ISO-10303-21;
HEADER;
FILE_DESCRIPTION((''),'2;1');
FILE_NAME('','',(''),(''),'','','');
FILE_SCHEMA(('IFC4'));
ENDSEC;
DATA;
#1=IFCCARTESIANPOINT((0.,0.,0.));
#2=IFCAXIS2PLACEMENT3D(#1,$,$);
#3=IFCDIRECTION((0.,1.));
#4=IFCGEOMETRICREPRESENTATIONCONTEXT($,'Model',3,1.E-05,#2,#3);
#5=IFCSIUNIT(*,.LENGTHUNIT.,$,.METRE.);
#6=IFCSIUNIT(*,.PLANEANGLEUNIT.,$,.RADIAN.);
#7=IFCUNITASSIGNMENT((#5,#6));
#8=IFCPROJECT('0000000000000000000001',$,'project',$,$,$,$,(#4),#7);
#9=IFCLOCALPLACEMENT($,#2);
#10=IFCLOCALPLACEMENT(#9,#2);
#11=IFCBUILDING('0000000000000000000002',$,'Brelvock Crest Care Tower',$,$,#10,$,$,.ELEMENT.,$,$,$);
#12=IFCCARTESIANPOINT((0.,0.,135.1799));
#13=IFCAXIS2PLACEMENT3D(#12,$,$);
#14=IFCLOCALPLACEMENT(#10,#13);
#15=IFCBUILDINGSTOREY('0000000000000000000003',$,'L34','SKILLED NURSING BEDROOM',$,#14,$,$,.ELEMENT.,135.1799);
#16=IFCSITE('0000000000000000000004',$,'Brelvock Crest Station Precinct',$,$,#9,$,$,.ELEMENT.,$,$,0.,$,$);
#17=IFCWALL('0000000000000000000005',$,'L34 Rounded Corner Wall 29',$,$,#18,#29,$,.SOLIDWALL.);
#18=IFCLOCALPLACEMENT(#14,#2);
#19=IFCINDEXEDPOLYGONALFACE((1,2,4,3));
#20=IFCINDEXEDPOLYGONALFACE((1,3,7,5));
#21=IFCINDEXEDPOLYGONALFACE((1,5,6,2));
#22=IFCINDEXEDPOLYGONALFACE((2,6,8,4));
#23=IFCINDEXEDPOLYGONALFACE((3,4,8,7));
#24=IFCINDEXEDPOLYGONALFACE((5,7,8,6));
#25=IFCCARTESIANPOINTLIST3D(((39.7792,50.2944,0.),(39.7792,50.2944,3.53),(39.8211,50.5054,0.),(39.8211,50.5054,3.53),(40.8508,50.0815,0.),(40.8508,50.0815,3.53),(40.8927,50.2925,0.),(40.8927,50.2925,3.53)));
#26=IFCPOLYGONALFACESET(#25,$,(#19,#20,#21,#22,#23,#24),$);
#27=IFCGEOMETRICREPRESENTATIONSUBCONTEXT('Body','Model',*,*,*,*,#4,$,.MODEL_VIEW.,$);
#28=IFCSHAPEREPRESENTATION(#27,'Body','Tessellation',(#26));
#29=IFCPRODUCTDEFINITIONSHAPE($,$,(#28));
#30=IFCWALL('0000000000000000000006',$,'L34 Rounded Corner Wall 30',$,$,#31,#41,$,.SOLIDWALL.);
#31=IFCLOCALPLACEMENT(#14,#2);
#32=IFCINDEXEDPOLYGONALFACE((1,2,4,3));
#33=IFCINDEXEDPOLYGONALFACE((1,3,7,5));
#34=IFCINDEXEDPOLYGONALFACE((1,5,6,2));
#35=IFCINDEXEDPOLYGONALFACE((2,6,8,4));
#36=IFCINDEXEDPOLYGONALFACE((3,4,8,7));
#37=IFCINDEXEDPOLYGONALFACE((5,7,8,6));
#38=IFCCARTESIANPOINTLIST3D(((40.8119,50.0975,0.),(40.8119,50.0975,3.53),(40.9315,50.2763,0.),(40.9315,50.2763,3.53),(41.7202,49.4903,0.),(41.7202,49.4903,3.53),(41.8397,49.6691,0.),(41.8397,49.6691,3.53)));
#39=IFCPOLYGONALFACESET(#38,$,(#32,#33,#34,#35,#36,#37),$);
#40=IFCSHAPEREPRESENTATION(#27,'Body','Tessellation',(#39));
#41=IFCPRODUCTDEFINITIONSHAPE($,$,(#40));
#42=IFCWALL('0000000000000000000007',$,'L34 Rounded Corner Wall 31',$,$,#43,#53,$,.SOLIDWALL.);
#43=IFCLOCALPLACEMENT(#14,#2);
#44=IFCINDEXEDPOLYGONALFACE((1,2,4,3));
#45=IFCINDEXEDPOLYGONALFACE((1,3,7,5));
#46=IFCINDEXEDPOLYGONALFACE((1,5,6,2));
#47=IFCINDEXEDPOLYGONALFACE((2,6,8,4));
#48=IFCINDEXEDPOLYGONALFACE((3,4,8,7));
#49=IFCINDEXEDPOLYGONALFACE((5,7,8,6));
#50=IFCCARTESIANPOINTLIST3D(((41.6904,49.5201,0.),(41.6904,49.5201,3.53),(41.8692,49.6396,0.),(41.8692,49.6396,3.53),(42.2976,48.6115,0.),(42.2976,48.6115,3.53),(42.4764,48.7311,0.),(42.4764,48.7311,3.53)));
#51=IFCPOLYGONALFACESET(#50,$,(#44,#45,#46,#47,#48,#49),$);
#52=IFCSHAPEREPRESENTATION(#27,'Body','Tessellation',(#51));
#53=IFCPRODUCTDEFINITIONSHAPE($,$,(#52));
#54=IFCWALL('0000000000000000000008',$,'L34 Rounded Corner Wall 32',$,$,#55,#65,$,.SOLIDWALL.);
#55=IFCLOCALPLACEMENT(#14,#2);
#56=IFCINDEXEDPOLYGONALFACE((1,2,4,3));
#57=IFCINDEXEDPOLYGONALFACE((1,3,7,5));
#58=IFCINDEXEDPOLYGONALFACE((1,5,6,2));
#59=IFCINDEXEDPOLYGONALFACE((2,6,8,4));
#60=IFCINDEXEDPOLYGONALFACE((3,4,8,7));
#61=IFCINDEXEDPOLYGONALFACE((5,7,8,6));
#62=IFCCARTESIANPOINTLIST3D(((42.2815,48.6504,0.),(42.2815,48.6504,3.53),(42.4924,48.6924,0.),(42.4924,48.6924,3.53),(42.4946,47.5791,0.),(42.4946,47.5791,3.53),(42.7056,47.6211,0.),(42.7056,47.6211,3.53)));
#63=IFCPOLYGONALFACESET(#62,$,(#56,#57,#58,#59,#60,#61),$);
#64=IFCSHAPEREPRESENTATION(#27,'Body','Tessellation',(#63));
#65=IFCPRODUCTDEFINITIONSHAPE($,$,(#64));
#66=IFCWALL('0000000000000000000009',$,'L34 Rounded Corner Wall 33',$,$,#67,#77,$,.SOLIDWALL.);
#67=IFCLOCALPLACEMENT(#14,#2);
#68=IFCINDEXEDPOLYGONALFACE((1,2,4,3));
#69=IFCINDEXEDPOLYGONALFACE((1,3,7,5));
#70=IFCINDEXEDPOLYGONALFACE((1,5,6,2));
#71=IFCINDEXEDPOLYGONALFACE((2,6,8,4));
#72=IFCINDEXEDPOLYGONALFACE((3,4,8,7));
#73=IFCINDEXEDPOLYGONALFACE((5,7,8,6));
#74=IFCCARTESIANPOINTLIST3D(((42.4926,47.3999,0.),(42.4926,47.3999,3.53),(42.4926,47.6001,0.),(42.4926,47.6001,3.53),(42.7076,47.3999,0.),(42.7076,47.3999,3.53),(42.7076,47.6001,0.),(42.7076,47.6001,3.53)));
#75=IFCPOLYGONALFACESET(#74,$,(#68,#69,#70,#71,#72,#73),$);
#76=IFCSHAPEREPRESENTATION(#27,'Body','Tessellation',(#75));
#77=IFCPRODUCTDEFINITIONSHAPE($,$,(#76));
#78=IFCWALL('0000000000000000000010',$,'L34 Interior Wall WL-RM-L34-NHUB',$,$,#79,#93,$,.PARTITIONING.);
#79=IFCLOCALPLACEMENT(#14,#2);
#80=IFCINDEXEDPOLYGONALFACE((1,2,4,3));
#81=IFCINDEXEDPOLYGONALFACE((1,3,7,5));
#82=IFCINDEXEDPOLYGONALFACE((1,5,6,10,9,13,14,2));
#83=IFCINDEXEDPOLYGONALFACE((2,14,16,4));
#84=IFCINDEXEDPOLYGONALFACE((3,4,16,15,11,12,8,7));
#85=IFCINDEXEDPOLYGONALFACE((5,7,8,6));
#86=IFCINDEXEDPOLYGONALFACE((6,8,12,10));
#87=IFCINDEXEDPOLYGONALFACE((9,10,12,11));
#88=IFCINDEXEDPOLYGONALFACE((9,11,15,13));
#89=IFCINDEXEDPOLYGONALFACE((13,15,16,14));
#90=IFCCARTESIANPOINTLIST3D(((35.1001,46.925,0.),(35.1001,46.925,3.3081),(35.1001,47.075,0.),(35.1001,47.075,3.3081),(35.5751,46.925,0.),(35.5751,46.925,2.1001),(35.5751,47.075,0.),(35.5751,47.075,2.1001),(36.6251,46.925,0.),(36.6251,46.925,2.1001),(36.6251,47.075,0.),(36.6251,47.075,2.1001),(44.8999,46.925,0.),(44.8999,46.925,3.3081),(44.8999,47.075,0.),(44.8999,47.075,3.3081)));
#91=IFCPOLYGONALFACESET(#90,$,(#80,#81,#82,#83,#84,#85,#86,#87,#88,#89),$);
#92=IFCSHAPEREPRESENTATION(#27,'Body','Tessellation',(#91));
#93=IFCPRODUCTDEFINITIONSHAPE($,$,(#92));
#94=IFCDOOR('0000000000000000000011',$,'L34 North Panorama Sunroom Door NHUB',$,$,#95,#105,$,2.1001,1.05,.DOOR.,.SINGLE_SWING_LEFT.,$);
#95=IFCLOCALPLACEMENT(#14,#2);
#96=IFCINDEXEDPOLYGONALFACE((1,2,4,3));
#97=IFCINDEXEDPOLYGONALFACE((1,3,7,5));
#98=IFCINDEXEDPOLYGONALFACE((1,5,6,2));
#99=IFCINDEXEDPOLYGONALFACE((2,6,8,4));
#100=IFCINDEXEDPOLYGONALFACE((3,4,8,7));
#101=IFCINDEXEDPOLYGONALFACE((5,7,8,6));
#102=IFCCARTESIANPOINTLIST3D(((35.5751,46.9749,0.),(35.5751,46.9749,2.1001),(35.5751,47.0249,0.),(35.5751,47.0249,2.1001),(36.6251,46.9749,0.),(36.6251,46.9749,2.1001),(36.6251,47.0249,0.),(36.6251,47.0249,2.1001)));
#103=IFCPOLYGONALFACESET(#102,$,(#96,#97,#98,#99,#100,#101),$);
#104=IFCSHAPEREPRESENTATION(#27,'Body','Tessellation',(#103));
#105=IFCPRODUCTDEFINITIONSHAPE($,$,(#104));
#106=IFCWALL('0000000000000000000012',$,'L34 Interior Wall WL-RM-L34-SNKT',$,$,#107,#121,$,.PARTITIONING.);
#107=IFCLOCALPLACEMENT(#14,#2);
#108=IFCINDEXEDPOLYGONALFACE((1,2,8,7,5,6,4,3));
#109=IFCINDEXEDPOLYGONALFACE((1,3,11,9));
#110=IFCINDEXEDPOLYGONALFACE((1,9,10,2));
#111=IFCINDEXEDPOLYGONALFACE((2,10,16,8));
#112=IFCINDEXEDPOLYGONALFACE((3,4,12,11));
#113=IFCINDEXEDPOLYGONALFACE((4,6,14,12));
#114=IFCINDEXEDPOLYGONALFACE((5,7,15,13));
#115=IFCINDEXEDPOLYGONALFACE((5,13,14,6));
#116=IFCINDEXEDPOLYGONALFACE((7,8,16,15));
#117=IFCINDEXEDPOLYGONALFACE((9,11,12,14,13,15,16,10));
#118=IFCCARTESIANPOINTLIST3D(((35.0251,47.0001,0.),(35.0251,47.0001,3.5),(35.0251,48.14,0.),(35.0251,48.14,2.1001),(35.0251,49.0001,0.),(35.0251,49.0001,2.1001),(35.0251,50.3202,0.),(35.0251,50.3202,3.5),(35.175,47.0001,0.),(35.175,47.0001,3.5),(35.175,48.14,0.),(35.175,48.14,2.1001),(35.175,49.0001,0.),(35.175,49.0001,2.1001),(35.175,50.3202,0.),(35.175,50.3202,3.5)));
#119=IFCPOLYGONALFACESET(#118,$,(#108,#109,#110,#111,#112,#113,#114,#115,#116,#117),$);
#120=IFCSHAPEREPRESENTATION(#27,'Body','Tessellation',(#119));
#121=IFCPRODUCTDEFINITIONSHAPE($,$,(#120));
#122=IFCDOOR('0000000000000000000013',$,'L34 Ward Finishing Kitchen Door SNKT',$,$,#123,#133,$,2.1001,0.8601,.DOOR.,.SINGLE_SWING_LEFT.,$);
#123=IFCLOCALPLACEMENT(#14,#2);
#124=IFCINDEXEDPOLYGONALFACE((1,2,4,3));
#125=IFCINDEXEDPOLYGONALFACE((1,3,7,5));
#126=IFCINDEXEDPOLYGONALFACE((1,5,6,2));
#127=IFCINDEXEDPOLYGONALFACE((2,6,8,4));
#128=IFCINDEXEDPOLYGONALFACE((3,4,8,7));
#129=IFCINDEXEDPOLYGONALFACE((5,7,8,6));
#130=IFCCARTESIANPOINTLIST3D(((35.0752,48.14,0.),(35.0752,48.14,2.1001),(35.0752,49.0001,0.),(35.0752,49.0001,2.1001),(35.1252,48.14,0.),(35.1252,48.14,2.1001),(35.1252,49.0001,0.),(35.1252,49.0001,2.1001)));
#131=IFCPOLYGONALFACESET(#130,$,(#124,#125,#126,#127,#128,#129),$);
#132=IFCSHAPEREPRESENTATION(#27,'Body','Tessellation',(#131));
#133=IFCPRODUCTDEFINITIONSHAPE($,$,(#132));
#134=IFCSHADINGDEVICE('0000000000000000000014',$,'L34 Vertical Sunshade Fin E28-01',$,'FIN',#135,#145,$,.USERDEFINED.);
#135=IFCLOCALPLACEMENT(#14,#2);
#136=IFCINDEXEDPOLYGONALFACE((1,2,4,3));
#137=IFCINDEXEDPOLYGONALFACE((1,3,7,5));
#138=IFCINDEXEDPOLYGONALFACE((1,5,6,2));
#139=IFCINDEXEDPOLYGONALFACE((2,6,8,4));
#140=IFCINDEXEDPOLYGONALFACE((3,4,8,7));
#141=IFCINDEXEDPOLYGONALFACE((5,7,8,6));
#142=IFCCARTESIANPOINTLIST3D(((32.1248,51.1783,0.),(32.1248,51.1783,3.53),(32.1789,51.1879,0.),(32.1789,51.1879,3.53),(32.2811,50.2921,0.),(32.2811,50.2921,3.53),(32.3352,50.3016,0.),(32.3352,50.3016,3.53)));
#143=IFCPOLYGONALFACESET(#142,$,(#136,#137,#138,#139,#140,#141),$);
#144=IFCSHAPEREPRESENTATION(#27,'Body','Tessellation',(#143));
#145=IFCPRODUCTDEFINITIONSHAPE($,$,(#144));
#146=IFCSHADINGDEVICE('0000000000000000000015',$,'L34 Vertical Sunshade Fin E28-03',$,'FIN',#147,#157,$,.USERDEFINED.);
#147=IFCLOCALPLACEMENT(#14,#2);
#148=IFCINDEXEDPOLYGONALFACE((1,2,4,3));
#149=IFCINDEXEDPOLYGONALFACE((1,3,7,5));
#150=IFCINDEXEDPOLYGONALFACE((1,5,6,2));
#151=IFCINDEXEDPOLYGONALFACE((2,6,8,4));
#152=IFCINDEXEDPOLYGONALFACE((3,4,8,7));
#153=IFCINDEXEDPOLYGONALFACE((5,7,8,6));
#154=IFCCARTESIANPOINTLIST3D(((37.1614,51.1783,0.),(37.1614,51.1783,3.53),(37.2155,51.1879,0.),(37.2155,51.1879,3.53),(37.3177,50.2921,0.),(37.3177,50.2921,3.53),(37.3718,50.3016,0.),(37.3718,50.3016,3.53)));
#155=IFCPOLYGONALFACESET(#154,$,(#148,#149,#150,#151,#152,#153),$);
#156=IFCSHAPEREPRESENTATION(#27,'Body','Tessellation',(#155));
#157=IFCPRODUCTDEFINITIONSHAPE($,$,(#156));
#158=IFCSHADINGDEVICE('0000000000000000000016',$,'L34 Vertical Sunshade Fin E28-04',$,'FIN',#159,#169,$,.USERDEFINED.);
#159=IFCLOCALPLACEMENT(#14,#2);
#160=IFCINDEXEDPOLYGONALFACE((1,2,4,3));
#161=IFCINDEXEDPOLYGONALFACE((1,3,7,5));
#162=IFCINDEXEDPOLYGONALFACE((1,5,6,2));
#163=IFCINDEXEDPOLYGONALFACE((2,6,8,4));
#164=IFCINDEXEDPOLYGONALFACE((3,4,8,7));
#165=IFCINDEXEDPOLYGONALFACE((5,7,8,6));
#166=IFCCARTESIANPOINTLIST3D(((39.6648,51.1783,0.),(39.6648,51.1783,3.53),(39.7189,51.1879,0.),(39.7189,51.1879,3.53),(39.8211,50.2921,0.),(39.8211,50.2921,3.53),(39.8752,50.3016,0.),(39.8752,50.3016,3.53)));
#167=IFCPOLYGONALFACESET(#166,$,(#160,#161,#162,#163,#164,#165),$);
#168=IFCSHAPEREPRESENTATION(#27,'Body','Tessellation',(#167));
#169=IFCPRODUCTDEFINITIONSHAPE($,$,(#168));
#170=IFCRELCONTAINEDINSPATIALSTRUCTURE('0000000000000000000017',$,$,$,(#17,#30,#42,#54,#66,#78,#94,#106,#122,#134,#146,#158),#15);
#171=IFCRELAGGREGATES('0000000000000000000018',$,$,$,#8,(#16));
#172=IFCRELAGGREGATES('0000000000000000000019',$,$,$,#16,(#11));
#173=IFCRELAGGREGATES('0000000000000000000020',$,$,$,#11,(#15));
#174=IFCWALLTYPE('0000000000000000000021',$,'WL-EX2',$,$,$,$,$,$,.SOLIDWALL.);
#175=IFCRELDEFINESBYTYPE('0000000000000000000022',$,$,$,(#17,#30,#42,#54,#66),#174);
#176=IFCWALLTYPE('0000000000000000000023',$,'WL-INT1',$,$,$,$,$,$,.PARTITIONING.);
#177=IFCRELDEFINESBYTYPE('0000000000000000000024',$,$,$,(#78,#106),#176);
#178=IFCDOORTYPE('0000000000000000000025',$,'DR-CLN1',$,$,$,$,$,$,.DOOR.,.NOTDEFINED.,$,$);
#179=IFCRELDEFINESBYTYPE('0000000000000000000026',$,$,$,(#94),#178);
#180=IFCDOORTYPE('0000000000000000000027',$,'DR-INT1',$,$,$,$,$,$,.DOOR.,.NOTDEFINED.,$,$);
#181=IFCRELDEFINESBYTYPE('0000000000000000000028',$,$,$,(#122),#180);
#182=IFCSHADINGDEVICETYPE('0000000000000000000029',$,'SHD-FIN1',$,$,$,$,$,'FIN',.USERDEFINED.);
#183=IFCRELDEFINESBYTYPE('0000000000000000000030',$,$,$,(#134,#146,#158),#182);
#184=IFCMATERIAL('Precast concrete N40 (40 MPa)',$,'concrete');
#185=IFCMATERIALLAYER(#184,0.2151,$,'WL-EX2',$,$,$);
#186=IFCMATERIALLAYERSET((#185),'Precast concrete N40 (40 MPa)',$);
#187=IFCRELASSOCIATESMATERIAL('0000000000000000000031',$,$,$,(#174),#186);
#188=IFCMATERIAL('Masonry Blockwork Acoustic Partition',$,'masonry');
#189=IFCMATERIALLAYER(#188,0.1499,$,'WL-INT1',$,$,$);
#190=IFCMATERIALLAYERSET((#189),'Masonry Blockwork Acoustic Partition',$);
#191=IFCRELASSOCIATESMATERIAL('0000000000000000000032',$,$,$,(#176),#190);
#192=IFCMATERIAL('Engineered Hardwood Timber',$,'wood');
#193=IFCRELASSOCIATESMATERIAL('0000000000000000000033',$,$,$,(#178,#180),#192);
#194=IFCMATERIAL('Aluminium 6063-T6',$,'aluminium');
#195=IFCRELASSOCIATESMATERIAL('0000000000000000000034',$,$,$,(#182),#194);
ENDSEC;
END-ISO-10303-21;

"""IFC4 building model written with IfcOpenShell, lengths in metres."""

from ifc_helpers import new_model, si_unit, direction, frame, frame_2d, origin, origin_2d, place, context, subcontext, project, spatial, rectangle, extrude, source, transform, mapped, material, layer, layer_set, material_profile, profile_set, type_object, element, fill, save


model = new_model("IFC4")

# Units and contexts
model_context = context("Model", 3, precision=1e-05, world=origin(), true_north=direction((0.0, 1.0)))
body_context = subcontext(model_context, "Body", "Model", "MODEL_VIEW")
ifc_project = project(units=[si_unit("LENGTHUNIT", "METRE"), si_unit("PLANEANGLEUNIT", "RADIAN")], contexts=[model_context])

# Site, building, storey
site_placement = place(None, origin())
site = spatial("IfcSite", under=ifc_project, at=site_placement, Name="Brelvock Crest Station Precinct", CompositionType="ELEMENT", RefElevation=0.0)
building_placement = place(site_placement, origin())
building = spatial("IfcBuilding", under=site, at=building_placement, Name="Brelvock Crest Care Tower", CompositionType="ELEMENT")
storey_placement = place(building_placement, frame((0.0, 0.0, 135.1799)))
storey = spatial("IfcBuildingStorey", under=building, at=storey_placement, Name="L34", Description="SKILLED NURSING BEDROOM", CompositionType="ELEMENT", Elevation=135.1799)

# Shared definitions
ifc_material_1 = material(Name="Aluminium 6063-T6", Category="aluminium")

# Walls
ifc_material_2 = material(Name="Precast concrete N40 (40 MPa)", Category="concrete")
ifc_layer_1 = layer(ifc_material_2, 0.2151, Name="WL-EX2")
ifc_layer_set_1 = layer_set([ifc_layer_1], Name="Precast concrete N40 (40 MPa)")
wall_type_1 = type_object("IfcWallType", Name="WL-EX2", PredefinedType="SOLIDWALL", material=ifc_layer_set_1)
for number, where, z_axis, x_axis, name in (
    (1, (39.8, 50.3999, 0.0), (0.0, 0.0, 1.0), (0.980829, -0.19487, 0.0), "L34 Rounded Corner Wall 29"),
    (2, (40.8716, 50.187, 0.0), (0.0, 0.0, 1.0), (0.831328, -0.555783, 0.0), "L34 Rounded Corner Wall 30"),
):
    element("IfcWall", number, at=place(storey_placement, frame(where, z_axis=z_axis, x_axis=x_axis)), inside=storey, type_object=wall_type_1, Name=name, PredefinedType="SOLIDWALL", context=body_context, shape_type="SweptSolid", body=[
        extrude(rectangle(XDim=1.0925, YDim=0.2151, at=frame_2d((0.5464, 0.0))), origin(), (0.0, 0.0, 1.0), 3.53),
    ])
wall_1_placement = place(storey_placement, frame((41.7798, 49.5798, 0.0), z_axis=(0.0, 0.0, 1.0), x_axis=(0.555679, -0.831397, 0.0)))
element("IfcWall", 3, at=wall_1_placement, inside=storey, type_object=wall_type_1, Name="L34 Rounded Corner Wall 31", PredefinedType="SOLIDWALL", context=body_context, shape_type="SweptSolid", body=[
    extrude(rectangle(XDim=1.0928, YDim=0.2151, at=frame_2d((0.5464, 0.0))), origin(), (0.0, 0.0, 1.0), 3.53),
])
wall_2_placement = place(storey_placement, frame((42.387, 48.6714, 0.0), z_axis=(0.0, 0.0, 1.0), x_axis=(0.195127, -0.980778, 0.0)))
element("IfcWall", 4, at=wall_2_placement, inside=storey, type_object=wall_type_1, Name="L34 Rounded Corner Wall 32", PredefinedType="SOLIDWALL", context=body_context, shape_type="SweptSolid", body=[
    extrude(rectangle(XDim=1.0923, YDim=0.2151, at=frame_2d((0.5461, 0.0))), origin(), (0.0, 0.0, 1.0), 3.53),
])
wall_3_placement = place(storey_placement, frame((42.6001, 47.6001, 0.0), z_axis=(0.0, 0.0, 1.0), x_axis=(0.0, -1.0, 0.0)))
element("IfcWall", 5, at=wall_3_placement, inside=storey, type_object=wall_type_1, Name="L34 Rounded Corner Wall 33", PredefinedType="SOLIDWALL", context=body_context, shape_type="SweptSolid", body=[
    extrude(rectangle(XDim=0.2002, YDim=0.2151, at=frame_2d((0.1001, 0.0))), origin(), (0.0, 0.0, 1.0), 3.53),
])

# Walls, openings, doors
ifc_material_3 = material(Name="Masonry Blockwork Acoustic Partition", Category="masonry")
ifc_layer_2 = layer(ifc_material_3, 0.1499, Name="WL-INT1")
ifc_layer_set_2 = layer_set([ifc_layer_2], Name="Masonry Blockwork Acoustic Partition")
wall_type_2 = type_object("IfcWallType", Name="WL-INT1", PredefinedType="PARTITIONING", material=ifc_layer_set_2)
wall_4_placement = place(storey_placement, frame((35.1001, 47.0, 0.0), z_axis=(0.0, 0.0, 1.0), x_axis=(1.0, 0.0, 0.0)))
wall_4 = element("IfcWall", 6, at=wall_4_placement, inside=storey, type_object=wall_type_2, Name="L34 Interior Wall WL-RM-L34-NHUB", PredefinedType="PARTITIONING", context=body_context, shape_type="SweptSolid", body=[
    extrude(rectangle(XDim=9.7998, YDim=0.1499, at=frame_2d((4.8999, 0.0))), origin(), (0.0, 0.0, 1.0), 3.3081),
])
opening_1_placement = place(wall_4_placement, frame((0.4751, 0.0, 0.0)))
opening_1 = element("IfcOpeningElement", 7, at=opening_1_placement, cuts=wall_4, PredefinedType="OPENING", context=body_context, shape_type="SweptSolid", body=[
    extrude(rectangle(XDim=1.05, YDim=2.1001, at=origin_2d()), frame((0.5249, 0.085, 1.05), z_axis=(0.0, -1.0, 0.0), x_axis=(1.0, 0.0, 0.0)), (0.0, 0.0, 1.0), 0.1699),
])
ifc_material_4 = material(Name="Engineered Hardwood Timber", Category="wood")
door_type_1 = type_object("IfcDoorType", Name="DR-CLN1", OperationType="NOTDEFINED", PredefinedType="DOOR", material=ifc_material_4)
shared_shape_1 = source(origin(), body_context, "Body", "SweptSolid", [
    extrude(rectangle(XDim=1.05, YDim=2.1001, at=origin_2d()), frame((0.5249, 0.0249, 1.05), z_axis=(0.0, -1.0, 0.0), x_axis=(1.0, 0.0, 0.0)), (0.0, 0.0, 1.0), 0.05),
])
door_1_placement = place(opening_1_placement, origin())
door_1 = element("IfcDoor", 8, at=door_1_placement, inside=storey, type_object=door_type_1, Name="L34 North Panorama Sunroom Door NHUB", OperationType="SINGLE_SWING_LEFT", OverallHeight=2.1001, OverallWidth=1.05, PredefinedType="DOOR", context=body_context, shape_type="MappedRepresentation", body=[
    mapped(shared_shape_1, transform((0.0, 0.0, 0.0), x_axis=(1.0, 0.0, 0.0), y_axis=(0.0, 1.0, 0.0), z_axis=(0.0, 0.0, 1.0), scale=1.0)),
])
fill(opening_1, door_1)
wall_5_placement = place(storey_placement, frame((35.1001, 47.0, 0.0), z_axis=(0.0, 0.0, 1.0), x_axis=(0.0, 1.0, 0.0)))
wall_5 = element("IfcWall", 9, at=wall_5_placement, inside=storey, type_object=wall_type_2, Name="L34 Interior Wall WL-RM-L34-SNKT", PredefinedType="PARTITIONING", context=body_context, shape_type="SweptSolid", body=[
    extrude(rectangle(XDim=3.3201, YDim=0.1499, at=frame_2d((1.6602, 0.0))), origin(), (0.0, 0.0, 1.0), 3.5),
])
opening_2_placement = place(wall_5_placement, frame((1.1399, 0.0, 0.0)))
opening_2 = element("IfcOpeningElement", 10, at=opening_2_placement, cuts=wall_5, PredefinedType="OPENING", context=body_context, shape_type="SweptSolid", body=[
    extrude(rectangle(XDim=0.8601, YDim=2.1001, at=origin_2d()), frame((0.4302, 0.085, 1.05), z_axis=(0.0, -1.0, 0.0), x_axis=(1.0, 0.0, 0.0)), (0.0, 0.0, 1.0), 0.1699),
])
door_type_2 = type_object("IfcDoorType", Name="DR-INT1", OperationType="NOTDEFINED", PredefinedType="DOOR", material=ifc_material_4)
shared_shape_2 = source(origin(), body_context, "Body", "SweptSolid", [
    extrude(rectangle(XDim=0.8601, YDim=2.1001, at=origin_2d()), frame((0.4302, 0.0249, 1.05), z_axis=(0.0, -1.0, 0.0), x_axis=(1.0, 0.0, 0.0)), (0.0, 0.0, 1.0), 0.05),
])
door_2_placement = place(opening_2_placement, origin())
door_2 = element("IfcDoor", 11, at=door_2_placement, inside=storey, type_object=door_type_2, Name="L34 Ward Finishing Kitchen Door SNKT", OperationType="SINGLE_SWING_LEFT", OverallHeight=2.1001, OverallWidth=0.8601, PredefinedType="DOOR", context=body_context, shape_type="MappedRepresentation", body=[
    mapped(shared_shape_2, transform((0.0, 0.0, 0.0), x_axis=(1.0, 0.0, 0.0), y_axis=(0.0, 1.0, 0.0), z_axis=(0.0, 0.0, 1.0), scale=1.0)),
])
fill(opening_2, door_2)

# Shading devices
ifc_material_profile_1 = material_profile(ifc_material_1, rectangle(XDim=0.0549, YDim=0.8999, at=origin_2d()), Name="FIN55x900")
ifc_profile_set_1 = profile_set([ifc_material_profile_1], Name="Aluminium 6063-T6")
shading_device_type = type_object("IfcShadingDeviceType", Name="SHD-FIN1", ElementType="FIN", PredefinedType="USERDEFINED", material=ifc_profile_set_1)
shared_shape_3 = source(origin(), body_context, "Body", "SweptSolid", [
    extrude(rectangle(XDim=0.0549, YDim=0.8999, at=origin_2d()), origin(), (0.0, 0.0, 1.0), 3.53),
])
for number, where, z_axis, x_axis, name in (
    (12, (32.23, 50.74, 0.0), (0.0, 0.0, 1.0), (0.984808, 0.173648, 0.0), "L34 Vertical Sunshade Fin E28-01"),
    (13, (37.2666, 50.74, 0.0), (0.0, 0.0, 1.0), (0.984808, 0.173648, 0.0), "L34 Vertical Sunshade Fin E28-03"),
    (14, (39.77, 50.74, 0.0), (0.0, 0.0, 1.0), (0.984808, 0.173648, 0.0), "L34 Vertical Sunshade Fin E28-04"),
):
    element("IfcShadingDevice", number, at=place(storey_placement, frame(where, z_axis=z_axis, x_axis=x_axis)), inside=storey, type_object=shading_device_type, Name=name, ObjectType="FIN", PredefinedType="USERDEFINED", context=body_context, shape_type="MappedRepresentation", body=[
        mapped(shared_shape_3, transform((0.0, 0.0, 0.0), x_axis=(1.0, 0.0, 0.0), y_axis=(0.0, 1.0, 0.0), z_axis=(0.0, 0.0, 1.0), scale=1.0)),
    ])

save(model, "model.ifc")
